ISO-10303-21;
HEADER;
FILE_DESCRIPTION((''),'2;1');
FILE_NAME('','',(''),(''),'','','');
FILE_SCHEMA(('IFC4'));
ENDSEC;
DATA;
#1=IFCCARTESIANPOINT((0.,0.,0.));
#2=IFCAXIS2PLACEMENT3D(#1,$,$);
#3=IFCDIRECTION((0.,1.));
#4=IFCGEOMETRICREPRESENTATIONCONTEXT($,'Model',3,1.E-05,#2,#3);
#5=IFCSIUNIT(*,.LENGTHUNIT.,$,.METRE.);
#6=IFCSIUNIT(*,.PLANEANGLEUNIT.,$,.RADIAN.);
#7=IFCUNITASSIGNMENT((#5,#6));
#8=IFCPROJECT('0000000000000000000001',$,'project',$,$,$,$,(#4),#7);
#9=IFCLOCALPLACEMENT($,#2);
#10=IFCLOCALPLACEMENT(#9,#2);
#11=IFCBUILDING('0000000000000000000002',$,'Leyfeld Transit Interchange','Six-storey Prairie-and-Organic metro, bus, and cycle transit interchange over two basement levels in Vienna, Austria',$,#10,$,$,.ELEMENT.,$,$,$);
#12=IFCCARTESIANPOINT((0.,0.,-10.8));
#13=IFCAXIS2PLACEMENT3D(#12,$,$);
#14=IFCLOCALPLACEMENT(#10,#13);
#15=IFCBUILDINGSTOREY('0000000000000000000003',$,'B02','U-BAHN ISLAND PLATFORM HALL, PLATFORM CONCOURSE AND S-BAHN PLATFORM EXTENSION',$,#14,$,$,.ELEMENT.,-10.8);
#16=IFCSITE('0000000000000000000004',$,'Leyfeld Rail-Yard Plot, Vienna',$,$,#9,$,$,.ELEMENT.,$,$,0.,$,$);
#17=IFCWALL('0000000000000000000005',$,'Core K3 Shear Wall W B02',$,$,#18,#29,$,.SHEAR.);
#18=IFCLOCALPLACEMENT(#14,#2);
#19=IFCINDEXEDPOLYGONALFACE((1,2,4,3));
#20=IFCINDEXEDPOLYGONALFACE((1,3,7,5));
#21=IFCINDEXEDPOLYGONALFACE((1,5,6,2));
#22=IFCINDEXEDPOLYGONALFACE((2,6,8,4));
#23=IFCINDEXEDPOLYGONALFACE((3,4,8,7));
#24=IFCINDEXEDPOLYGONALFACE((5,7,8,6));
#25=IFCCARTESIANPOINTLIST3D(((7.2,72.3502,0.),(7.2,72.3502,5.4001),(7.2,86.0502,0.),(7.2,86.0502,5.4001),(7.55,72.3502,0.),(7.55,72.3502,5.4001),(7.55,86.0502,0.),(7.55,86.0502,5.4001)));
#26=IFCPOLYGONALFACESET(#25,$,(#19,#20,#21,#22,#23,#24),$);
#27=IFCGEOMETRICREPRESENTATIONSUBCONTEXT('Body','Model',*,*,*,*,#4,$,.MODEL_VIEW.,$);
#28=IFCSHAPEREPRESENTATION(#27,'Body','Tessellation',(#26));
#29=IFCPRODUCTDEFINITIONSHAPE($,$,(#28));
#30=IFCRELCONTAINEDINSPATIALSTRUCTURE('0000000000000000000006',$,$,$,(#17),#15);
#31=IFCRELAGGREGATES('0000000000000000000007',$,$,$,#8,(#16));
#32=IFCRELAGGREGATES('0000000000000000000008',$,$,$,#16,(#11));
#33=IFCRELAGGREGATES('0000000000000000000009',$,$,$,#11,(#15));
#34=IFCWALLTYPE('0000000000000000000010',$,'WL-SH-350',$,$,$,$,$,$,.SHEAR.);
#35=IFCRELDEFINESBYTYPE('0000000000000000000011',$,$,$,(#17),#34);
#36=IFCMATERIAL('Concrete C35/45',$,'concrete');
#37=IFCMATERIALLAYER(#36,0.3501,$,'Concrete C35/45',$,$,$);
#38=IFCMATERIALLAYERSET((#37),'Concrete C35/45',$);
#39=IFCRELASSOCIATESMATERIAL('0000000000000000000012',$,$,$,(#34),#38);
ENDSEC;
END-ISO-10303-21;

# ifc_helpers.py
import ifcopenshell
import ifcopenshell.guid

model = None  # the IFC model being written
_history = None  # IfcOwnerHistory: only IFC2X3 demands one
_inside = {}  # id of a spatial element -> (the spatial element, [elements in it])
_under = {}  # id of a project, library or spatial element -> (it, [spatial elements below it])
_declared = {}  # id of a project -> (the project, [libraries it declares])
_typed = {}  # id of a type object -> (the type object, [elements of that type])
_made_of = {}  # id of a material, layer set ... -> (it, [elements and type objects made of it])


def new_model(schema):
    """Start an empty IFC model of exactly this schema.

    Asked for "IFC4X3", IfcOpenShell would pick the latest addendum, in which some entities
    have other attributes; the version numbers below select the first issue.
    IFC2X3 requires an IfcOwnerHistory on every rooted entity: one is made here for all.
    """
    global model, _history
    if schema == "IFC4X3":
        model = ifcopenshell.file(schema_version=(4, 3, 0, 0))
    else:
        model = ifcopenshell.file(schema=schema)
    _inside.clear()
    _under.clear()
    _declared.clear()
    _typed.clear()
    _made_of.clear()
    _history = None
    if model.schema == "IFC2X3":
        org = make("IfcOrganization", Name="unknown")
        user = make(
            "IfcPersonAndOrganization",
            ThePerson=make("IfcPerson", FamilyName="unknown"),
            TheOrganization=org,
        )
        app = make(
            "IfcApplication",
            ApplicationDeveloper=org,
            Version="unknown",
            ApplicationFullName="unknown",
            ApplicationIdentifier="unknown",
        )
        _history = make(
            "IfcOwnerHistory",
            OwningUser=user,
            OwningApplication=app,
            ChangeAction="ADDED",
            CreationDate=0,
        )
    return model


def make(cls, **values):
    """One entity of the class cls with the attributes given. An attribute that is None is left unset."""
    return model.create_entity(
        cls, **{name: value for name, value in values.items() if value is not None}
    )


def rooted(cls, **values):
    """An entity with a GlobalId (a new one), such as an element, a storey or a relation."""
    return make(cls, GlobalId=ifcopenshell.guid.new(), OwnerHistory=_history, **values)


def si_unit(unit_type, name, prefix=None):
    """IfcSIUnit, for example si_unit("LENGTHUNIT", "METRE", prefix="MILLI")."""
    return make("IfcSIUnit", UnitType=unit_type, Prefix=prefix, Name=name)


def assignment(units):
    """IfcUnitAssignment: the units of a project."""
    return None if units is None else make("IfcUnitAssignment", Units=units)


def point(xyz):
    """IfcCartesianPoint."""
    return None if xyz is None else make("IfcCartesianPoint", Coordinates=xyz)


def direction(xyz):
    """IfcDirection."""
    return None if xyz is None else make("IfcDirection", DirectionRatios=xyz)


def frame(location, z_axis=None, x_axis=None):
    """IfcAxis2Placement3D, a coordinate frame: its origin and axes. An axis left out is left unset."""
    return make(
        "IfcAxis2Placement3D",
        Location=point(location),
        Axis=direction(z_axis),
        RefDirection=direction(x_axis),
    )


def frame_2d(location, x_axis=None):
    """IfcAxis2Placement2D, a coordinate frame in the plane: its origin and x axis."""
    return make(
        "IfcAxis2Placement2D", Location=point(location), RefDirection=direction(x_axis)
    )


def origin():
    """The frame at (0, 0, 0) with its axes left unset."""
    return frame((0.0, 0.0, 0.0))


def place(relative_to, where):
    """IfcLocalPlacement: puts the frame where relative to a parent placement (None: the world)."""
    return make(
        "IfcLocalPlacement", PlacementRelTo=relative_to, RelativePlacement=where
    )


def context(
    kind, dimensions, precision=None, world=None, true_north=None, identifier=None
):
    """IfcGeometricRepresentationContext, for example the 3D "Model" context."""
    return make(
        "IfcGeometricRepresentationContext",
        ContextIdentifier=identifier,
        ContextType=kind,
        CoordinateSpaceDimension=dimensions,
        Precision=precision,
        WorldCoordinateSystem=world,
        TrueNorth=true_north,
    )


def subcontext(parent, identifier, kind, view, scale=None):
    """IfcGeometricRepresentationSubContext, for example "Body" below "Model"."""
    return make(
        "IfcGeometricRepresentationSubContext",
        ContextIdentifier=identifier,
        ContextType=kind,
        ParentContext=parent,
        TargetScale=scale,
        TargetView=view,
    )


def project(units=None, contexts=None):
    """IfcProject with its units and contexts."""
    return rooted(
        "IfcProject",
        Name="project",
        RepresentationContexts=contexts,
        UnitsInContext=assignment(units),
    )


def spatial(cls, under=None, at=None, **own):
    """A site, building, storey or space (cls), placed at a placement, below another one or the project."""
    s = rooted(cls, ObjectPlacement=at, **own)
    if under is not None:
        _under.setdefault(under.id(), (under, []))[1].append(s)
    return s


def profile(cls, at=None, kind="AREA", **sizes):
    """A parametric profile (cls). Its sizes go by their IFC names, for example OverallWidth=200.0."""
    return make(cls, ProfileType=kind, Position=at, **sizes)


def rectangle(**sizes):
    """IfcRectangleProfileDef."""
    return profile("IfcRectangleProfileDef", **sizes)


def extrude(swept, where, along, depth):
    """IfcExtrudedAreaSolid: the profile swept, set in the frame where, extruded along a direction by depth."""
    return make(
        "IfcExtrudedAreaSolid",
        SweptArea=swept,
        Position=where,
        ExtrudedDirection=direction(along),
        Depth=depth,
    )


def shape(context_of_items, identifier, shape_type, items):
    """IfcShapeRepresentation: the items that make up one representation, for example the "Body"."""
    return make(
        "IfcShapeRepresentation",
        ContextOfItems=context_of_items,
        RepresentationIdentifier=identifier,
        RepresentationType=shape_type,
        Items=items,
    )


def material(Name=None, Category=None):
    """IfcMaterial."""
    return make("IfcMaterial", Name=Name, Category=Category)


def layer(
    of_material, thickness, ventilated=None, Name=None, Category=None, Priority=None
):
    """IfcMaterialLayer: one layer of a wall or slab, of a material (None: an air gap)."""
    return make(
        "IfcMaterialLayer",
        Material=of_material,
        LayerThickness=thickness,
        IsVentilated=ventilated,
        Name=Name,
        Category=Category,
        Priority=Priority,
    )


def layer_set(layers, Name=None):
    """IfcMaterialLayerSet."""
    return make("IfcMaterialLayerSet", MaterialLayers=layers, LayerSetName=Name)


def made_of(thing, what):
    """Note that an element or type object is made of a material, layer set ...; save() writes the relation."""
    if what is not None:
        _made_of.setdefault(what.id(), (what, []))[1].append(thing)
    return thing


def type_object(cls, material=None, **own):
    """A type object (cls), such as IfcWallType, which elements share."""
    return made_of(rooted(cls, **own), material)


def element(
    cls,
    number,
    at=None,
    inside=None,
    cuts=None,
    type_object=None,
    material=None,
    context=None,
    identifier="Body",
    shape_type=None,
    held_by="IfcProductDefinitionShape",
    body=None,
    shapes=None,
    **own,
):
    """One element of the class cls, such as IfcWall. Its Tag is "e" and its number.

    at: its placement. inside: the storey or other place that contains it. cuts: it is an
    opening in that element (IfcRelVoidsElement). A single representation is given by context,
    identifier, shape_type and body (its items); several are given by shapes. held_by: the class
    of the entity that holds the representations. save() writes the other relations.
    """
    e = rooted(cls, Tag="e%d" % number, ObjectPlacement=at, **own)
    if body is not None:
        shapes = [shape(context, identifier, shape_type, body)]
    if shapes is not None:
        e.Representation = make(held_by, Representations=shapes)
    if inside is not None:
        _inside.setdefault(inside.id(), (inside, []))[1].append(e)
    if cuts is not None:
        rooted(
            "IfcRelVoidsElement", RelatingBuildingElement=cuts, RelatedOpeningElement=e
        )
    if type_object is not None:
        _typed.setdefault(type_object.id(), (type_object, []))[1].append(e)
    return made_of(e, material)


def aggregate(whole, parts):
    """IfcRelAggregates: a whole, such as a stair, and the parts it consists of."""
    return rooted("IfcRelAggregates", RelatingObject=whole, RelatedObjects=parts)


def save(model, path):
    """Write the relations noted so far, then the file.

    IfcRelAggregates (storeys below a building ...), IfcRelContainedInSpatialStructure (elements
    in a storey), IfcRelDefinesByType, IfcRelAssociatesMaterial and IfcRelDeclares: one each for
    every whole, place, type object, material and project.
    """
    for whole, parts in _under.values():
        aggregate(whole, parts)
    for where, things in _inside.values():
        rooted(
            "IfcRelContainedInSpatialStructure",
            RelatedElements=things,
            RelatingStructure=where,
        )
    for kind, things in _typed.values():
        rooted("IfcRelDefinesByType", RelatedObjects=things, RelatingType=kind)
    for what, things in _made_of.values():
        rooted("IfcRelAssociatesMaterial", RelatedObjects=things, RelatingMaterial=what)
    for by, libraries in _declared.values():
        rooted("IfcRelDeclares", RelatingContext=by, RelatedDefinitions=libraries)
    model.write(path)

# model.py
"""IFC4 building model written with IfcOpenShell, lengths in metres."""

from ifc_helpers import new_model, si_unit, direction, frame, frame_2d, origin, place, context, subcontext, project, spatial, rectangle, extrude, material, layer, layer_set, type_object, element, save


model = new_model("IFC4")

# Units and contexts
model_context = context("Model", 3, precision=1e-05, world=origin(), true_north=direction((0.0, 1.0)))
body_context = subcontext(model_context, "Body", "Model", "MODEL_VIEW")
ifc_project = project(units=[si_unit("LENGTHUNIT", "METRE"), si_unit("PLANEANGLEUNIT", "RADIAN")], contexts=[model_context])

# Site, building, storey
site_placement = place(None, origin())
site = spatial("IfcSite", under=ifc_project, at=site_placement, Name="Leyfeld Rail-Yard Plot, Vienna", CompositionType="ELEMENT", RefElevation=0.0)
building_placement = place(site_placement, origin())
building = spatial("IfcBuilding", under=site, at=building_placement, Name="Leyfeld Transit Interchange", Description="Six-storey Prairie-and-Organic metro, bus, and cycle transit interchange over two basement levels in Vienna, Austria", CompositionType="ELEMENT")
storey_placement = place(building_placement, frame((0.0, 0.0, -10.8)))
storey = spatial("IfcBuildingStorey", under=building, at=storey_placement, Name="B02", Description="U-BAHN ISLAND PLATFORM HALL, PLATFORM CONCOURSE AND S-BAHN PLATFORM EXTENSION", CompositionType="ELEMENT", Elevation=-10.8)

# Shared definitions
ifc_material_1 = material(Name="Concrete C35/45", Category="concrete")

# Wall
ifc_layer_1 = layer(ifc_material_1, 0.3501, Name="Concrete C35/45")
ifc_layer_set_1 = layer_set([ifc_layer_1], Name="Concrete C35/45")
wall_type_1 = type_object("IfcWallType", Name="WL-SH-350", PredefinedType="SHEAR", material=ifc_layer_set_1)
wall_1_placement = place(storey_placement, frame((7.375, 72.3501, 0.0), z_axis=(0.0, 0.0, 1.0), x_axis=(0.0, 1.0, 0.0)))
element("IfcWall", 1, at=wall_1_placement, inside=storey, type_object=wall_type_1, Name="Core K3 Shear Wall W B02", PredefinedType="SHEAR", context=body_context, shape_type="SweptSolid", body=[
    extrude(rectangle(XDim=13.7, YDim=0.3501, at=frame_2d((6.8501, 0.0))), origin(), (0.0, 0.0, 1.0), 5.4001),
])

save(model, "model.ifc")
